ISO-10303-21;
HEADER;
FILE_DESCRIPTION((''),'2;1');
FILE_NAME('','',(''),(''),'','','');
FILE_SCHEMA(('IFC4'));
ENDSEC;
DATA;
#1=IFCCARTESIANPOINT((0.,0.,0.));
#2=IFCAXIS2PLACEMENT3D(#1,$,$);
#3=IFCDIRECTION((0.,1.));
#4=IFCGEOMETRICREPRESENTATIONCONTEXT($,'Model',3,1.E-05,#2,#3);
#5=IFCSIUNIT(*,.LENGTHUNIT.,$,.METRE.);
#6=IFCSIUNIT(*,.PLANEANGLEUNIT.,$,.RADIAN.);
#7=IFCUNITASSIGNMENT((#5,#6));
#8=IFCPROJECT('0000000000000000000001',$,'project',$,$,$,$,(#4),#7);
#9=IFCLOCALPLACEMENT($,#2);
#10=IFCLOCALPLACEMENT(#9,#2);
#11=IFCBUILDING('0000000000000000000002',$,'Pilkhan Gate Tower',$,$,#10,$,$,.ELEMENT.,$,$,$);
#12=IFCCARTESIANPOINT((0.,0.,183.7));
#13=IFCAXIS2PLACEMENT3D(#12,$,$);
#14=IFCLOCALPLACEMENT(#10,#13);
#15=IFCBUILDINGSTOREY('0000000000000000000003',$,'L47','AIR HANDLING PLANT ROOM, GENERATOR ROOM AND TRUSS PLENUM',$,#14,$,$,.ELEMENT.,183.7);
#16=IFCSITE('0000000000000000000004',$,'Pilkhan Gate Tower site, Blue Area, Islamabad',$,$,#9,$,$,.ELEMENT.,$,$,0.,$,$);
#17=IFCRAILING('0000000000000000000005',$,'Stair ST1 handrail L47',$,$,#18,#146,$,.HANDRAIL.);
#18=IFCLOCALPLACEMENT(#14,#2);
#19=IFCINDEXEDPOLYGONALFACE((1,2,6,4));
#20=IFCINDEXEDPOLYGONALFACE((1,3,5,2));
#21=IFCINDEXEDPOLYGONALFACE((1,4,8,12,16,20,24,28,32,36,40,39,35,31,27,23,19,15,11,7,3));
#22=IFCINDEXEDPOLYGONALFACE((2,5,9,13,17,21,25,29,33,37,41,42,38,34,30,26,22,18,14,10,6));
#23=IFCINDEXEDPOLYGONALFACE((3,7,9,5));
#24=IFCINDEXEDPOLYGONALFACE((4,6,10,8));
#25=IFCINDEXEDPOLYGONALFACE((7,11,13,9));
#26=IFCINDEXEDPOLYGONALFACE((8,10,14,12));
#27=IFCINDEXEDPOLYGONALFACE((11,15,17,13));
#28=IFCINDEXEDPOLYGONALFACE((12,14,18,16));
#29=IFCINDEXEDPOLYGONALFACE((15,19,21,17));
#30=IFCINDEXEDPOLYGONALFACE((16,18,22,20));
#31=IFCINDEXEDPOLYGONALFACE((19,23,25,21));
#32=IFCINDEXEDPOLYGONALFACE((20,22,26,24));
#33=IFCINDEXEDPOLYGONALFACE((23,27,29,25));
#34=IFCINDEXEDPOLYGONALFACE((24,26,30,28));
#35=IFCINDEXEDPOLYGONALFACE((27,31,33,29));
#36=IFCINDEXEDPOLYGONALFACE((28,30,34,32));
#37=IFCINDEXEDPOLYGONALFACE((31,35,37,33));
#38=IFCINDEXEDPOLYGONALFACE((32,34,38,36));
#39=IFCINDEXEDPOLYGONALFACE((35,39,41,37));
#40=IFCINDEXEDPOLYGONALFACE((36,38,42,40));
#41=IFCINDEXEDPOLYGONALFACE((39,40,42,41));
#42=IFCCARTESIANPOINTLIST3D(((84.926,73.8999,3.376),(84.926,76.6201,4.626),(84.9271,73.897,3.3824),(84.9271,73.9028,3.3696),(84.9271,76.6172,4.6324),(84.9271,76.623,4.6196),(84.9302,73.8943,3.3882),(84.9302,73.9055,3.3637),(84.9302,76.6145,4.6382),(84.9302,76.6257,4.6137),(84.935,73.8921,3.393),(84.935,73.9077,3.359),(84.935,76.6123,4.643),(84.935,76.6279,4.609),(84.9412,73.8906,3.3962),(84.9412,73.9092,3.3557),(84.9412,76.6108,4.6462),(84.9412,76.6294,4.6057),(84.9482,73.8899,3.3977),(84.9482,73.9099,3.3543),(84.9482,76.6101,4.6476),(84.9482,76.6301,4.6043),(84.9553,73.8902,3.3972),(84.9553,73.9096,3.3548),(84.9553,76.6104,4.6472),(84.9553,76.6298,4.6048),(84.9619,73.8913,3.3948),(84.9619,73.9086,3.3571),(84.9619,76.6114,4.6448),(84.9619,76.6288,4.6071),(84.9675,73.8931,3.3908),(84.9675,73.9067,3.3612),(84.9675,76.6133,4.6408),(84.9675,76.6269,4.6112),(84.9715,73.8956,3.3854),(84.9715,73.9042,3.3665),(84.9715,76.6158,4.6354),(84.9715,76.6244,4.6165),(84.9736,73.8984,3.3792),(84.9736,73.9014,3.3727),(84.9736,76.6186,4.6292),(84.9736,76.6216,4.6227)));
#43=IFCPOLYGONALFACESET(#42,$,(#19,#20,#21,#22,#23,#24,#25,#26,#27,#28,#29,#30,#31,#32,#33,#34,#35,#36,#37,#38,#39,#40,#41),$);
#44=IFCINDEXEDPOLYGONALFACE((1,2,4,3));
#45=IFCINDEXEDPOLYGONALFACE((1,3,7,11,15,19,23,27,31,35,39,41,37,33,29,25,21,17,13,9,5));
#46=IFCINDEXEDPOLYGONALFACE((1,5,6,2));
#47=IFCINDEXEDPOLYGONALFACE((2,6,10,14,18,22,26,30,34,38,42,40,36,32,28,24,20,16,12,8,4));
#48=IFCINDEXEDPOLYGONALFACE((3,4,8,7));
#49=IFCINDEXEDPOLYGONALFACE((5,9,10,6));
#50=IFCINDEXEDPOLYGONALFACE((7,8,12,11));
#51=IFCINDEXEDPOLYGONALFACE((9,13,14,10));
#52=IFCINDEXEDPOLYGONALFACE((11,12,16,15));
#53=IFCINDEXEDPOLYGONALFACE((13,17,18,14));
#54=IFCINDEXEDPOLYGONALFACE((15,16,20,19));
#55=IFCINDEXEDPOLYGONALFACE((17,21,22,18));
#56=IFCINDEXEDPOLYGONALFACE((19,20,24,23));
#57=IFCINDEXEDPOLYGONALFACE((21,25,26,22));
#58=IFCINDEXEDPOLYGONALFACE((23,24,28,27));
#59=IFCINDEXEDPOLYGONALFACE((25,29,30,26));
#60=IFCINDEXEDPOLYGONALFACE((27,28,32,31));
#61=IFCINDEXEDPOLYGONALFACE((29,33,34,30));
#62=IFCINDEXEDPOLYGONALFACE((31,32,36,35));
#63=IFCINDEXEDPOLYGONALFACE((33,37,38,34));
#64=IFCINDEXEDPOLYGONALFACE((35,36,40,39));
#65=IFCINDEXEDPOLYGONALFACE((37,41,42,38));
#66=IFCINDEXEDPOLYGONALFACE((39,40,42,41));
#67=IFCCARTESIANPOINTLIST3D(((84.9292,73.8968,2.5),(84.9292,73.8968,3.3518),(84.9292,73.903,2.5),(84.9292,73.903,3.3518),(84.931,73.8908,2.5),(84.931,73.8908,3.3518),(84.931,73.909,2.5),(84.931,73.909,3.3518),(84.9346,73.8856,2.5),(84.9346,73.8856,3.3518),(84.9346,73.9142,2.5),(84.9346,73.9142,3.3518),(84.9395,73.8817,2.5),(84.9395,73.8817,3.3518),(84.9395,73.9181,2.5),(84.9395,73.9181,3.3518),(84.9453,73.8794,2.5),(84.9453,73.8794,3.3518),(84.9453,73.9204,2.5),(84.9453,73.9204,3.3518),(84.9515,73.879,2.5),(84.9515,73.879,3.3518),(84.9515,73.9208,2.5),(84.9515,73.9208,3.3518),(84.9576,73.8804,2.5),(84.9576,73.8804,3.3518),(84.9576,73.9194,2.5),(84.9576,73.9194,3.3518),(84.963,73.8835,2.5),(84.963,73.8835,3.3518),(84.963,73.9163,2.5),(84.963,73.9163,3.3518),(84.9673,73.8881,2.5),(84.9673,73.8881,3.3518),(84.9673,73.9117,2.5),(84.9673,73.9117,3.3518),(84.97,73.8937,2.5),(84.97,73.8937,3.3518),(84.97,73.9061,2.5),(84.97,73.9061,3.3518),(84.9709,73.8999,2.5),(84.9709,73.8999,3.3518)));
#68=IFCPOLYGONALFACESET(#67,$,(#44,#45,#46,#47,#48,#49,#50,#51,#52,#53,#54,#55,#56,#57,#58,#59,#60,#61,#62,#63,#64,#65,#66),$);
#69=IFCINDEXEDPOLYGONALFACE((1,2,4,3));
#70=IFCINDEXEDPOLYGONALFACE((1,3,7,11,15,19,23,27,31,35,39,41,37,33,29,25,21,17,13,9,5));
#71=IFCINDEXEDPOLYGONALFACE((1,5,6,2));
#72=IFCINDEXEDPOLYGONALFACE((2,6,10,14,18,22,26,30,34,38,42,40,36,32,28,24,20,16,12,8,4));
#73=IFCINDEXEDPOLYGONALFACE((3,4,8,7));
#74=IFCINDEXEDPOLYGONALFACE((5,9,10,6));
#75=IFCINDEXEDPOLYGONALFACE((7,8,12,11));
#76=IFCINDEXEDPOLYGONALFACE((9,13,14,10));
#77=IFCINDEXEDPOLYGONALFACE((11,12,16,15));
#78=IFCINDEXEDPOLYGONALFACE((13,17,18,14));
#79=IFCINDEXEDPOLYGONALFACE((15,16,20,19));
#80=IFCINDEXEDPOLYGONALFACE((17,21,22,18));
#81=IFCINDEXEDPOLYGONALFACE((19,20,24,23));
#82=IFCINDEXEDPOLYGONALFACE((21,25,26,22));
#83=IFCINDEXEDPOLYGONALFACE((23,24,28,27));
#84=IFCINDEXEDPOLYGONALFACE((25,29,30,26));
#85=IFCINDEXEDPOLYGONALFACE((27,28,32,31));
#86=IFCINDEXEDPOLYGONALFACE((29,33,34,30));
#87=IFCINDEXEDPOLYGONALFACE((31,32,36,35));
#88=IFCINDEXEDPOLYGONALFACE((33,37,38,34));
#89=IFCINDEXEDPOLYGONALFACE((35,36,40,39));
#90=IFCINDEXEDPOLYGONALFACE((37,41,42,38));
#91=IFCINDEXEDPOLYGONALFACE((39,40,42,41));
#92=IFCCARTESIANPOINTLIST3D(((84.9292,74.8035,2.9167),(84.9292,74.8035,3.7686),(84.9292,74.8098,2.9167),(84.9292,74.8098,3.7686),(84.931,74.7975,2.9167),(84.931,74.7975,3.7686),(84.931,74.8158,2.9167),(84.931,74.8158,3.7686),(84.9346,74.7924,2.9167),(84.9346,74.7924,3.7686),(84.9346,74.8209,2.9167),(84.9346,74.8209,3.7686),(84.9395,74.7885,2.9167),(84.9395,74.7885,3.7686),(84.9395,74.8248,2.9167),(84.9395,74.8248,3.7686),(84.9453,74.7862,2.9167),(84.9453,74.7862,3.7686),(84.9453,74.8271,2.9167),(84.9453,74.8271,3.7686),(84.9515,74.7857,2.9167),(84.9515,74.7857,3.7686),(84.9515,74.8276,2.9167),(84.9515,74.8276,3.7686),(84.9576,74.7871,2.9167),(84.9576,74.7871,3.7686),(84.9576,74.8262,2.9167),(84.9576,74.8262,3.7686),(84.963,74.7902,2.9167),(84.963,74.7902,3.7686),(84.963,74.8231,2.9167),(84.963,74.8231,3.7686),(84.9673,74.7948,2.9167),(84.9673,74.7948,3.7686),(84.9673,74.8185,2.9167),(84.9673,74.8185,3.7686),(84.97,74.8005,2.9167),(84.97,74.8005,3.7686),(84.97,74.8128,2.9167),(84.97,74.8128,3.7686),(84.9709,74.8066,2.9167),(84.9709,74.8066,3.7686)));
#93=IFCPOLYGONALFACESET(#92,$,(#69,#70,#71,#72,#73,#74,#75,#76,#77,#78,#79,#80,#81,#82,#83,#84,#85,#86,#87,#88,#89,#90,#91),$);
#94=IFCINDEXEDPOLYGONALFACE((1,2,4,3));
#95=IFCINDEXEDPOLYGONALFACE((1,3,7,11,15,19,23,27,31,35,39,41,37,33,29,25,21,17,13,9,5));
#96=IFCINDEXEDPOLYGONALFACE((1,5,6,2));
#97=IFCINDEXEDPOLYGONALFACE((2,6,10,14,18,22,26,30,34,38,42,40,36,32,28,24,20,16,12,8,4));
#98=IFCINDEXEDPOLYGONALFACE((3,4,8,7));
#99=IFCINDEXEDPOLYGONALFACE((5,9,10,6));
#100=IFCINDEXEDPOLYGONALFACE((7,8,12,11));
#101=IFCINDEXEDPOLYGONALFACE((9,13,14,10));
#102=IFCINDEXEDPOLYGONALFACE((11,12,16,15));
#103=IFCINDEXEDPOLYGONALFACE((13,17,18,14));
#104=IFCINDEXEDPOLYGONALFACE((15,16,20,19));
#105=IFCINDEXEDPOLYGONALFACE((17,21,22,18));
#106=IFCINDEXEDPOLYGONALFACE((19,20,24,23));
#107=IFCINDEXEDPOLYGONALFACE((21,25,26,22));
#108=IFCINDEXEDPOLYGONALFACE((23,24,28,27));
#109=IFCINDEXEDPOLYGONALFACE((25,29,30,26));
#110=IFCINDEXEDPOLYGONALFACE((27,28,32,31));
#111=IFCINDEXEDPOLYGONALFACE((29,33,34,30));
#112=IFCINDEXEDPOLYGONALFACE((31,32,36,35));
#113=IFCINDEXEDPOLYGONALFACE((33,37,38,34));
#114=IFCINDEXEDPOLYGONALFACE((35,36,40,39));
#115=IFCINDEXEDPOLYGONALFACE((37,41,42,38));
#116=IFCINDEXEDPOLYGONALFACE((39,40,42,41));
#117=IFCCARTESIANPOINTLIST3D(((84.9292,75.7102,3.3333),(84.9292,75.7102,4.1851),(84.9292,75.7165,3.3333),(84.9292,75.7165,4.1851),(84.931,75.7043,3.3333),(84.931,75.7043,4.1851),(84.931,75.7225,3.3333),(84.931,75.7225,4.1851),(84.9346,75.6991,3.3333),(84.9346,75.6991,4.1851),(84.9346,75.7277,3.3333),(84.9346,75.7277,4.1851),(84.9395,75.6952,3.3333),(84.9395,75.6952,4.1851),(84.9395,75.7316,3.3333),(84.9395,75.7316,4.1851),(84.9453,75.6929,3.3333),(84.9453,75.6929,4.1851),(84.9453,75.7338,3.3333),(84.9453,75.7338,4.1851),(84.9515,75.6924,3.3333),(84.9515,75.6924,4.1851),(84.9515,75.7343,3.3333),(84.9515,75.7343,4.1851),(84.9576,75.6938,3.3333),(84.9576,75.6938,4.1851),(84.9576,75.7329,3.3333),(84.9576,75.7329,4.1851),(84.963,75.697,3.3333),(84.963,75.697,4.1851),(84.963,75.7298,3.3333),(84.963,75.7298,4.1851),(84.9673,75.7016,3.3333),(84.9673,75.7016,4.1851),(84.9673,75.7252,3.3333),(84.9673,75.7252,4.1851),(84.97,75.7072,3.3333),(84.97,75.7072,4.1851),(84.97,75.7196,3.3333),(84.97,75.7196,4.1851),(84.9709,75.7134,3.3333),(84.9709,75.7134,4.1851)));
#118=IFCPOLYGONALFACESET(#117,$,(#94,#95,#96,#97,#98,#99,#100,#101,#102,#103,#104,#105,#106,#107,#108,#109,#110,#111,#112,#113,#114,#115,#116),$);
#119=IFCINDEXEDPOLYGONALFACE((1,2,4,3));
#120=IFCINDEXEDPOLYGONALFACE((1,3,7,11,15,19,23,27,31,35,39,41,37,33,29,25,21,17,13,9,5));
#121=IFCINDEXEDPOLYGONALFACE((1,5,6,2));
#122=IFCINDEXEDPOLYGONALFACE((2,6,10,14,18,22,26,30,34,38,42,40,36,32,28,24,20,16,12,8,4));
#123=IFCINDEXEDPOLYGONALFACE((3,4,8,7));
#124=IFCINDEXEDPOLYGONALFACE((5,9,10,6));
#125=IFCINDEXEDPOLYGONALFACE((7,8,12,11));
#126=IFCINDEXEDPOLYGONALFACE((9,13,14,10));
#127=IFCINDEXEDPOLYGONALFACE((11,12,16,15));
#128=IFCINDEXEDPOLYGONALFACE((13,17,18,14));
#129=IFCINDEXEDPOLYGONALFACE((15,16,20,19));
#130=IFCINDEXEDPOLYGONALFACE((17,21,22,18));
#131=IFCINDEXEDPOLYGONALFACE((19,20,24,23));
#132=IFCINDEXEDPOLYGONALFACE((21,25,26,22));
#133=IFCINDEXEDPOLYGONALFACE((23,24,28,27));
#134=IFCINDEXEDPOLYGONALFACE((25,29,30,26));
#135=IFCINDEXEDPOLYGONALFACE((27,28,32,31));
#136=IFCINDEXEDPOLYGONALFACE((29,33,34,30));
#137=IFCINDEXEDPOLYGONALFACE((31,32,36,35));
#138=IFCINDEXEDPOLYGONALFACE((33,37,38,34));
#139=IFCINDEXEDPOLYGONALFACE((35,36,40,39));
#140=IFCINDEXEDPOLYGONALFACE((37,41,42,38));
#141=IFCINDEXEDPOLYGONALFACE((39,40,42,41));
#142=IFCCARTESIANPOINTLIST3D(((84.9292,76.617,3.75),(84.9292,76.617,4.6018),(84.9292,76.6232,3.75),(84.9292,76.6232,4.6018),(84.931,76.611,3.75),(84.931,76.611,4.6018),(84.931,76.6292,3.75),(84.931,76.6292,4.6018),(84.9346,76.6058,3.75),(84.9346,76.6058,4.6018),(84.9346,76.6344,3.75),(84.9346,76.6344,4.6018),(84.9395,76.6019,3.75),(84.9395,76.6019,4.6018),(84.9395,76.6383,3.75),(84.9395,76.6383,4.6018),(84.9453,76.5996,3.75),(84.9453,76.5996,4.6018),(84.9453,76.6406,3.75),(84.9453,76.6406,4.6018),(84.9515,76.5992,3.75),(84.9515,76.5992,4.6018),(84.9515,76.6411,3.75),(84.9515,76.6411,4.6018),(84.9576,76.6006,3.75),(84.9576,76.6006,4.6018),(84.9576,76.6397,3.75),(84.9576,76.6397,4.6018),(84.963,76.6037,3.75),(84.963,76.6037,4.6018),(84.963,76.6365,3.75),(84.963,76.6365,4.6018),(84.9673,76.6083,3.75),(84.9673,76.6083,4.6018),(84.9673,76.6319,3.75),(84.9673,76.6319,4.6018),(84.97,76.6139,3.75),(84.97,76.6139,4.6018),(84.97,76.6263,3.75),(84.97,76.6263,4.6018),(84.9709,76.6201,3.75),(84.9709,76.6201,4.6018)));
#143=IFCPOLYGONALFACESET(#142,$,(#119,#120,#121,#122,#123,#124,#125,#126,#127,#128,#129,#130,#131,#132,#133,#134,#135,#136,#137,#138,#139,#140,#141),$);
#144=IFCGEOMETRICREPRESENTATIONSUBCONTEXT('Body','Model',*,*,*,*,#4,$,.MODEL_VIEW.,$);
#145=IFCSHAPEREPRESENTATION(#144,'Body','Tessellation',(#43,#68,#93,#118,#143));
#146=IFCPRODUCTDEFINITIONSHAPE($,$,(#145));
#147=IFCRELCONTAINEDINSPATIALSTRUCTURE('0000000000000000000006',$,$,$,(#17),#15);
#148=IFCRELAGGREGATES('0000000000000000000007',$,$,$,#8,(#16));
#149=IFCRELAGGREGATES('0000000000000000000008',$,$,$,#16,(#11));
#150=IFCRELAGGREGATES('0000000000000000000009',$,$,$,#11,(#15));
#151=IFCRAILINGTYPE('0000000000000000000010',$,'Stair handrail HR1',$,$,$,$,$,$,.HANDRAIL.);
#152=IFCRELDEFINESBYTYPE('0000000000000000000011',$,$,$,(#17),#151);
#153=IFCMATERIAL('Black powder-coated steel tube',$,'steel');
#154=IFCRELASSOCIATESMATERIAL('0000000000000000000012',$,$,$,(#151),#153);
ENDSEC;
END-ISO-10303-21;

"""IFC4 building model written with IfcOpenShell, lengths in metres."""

from ifc_helpers import new_model, si_unit, direction, frame, origin, origin_2d, place, context, subcontext, project, spatial, circle, extrude, material, type_object, element, save


model = new_model("IFC4")

# Units and contexts
model_context = context("Model", 3, precision=1e-05, world=origin(), true_north=direction((0.0, 1.0)))
body_context = subcontext(model_context, "Body", "Model", "MODEL_VIEW")
ifc_project = project(units=[si_unit("LENGTHUNIT", "METRE"), si_unit("PLANEANGLEUNIT", "RADIAN")], contexts=[model_context])

# Site, building, storey
site_placement = place(None, origin())
site = spatial("IfcSite", under=ifc_project, at=site_placement, Name="Pilkhan Gate Tower site, Blue Area, Islamabad", CompositionType="ELEMENT", RefElevation=0.0)
building_placement = place(site_placement, origin())
building = spatial("IfcBuilding", under=site, at=building_placement, Name="Pilkhan Gate Tower", CompositionType="ELEMENT")
storey_placement = place(building_placement, frame((0.0, 0.0, 183.7)))
storey = spatial("IfcBuildingStorey", under=building, at=storey_placement, Name="L47", Description="AIR HANDLING PLANT ROOM, GENERATOR ROOM AND TRUSS PLENUM", CompositionType="ELEMENT", Elevation=183.7)

# Railing
ifc_material_1 = material(Name="Black powder-coated steel tube", Category="steel")
railing_type_1 = type_object("IfcRailingType", Name="Stair handrail HR1", PredefinedType="HANDRAIL", material=ifc_material_1)
railing_placement = place(storey_placement, frame((84.95, 73.8999, 2.5)))
element("IfcRailing", 1, at=railing_placement, inside=storey, type_object=railing_type_1, Name="Stair ST1 handrail L47", PredefinedType="HANDRAIL", context=body_context, shape_type="SweptSolid", body=[
    extrude(circle(Radius=0.0239, at=origin_2d()), frame((0.0, 0.0, 0.876), z_axis=(0.0, 0.908655, 0.417547), x_axis=(-1.0, 0.0, 0.0)), (0.0, 0.0, 1.0), 2.9937),
    extrude(circle(Radius=0.021, at=origin_2d()), origin(), (0.0, 0.0, 1.0), 0.8518),
    extrude(circle(Radius=0.021, at=origin_2d()), frame((0.0, 0.9067, 0.4167)), (0.0, 0.0, 1.0), 0.8518),
    extrude(circle(Radius=0.021, at=origin_2d()), frame((0.0, 1.8135, 0.8333)), (0.0, 0.0, 1.0), 0.8518),
    extrude(circle(Radius=0.021, at=origin_2d()), frame((0.0, 2.7202, 1.25)), (0.0, 0.0, 1.0), 0.8518),
])

save(model, "model.ifc")
